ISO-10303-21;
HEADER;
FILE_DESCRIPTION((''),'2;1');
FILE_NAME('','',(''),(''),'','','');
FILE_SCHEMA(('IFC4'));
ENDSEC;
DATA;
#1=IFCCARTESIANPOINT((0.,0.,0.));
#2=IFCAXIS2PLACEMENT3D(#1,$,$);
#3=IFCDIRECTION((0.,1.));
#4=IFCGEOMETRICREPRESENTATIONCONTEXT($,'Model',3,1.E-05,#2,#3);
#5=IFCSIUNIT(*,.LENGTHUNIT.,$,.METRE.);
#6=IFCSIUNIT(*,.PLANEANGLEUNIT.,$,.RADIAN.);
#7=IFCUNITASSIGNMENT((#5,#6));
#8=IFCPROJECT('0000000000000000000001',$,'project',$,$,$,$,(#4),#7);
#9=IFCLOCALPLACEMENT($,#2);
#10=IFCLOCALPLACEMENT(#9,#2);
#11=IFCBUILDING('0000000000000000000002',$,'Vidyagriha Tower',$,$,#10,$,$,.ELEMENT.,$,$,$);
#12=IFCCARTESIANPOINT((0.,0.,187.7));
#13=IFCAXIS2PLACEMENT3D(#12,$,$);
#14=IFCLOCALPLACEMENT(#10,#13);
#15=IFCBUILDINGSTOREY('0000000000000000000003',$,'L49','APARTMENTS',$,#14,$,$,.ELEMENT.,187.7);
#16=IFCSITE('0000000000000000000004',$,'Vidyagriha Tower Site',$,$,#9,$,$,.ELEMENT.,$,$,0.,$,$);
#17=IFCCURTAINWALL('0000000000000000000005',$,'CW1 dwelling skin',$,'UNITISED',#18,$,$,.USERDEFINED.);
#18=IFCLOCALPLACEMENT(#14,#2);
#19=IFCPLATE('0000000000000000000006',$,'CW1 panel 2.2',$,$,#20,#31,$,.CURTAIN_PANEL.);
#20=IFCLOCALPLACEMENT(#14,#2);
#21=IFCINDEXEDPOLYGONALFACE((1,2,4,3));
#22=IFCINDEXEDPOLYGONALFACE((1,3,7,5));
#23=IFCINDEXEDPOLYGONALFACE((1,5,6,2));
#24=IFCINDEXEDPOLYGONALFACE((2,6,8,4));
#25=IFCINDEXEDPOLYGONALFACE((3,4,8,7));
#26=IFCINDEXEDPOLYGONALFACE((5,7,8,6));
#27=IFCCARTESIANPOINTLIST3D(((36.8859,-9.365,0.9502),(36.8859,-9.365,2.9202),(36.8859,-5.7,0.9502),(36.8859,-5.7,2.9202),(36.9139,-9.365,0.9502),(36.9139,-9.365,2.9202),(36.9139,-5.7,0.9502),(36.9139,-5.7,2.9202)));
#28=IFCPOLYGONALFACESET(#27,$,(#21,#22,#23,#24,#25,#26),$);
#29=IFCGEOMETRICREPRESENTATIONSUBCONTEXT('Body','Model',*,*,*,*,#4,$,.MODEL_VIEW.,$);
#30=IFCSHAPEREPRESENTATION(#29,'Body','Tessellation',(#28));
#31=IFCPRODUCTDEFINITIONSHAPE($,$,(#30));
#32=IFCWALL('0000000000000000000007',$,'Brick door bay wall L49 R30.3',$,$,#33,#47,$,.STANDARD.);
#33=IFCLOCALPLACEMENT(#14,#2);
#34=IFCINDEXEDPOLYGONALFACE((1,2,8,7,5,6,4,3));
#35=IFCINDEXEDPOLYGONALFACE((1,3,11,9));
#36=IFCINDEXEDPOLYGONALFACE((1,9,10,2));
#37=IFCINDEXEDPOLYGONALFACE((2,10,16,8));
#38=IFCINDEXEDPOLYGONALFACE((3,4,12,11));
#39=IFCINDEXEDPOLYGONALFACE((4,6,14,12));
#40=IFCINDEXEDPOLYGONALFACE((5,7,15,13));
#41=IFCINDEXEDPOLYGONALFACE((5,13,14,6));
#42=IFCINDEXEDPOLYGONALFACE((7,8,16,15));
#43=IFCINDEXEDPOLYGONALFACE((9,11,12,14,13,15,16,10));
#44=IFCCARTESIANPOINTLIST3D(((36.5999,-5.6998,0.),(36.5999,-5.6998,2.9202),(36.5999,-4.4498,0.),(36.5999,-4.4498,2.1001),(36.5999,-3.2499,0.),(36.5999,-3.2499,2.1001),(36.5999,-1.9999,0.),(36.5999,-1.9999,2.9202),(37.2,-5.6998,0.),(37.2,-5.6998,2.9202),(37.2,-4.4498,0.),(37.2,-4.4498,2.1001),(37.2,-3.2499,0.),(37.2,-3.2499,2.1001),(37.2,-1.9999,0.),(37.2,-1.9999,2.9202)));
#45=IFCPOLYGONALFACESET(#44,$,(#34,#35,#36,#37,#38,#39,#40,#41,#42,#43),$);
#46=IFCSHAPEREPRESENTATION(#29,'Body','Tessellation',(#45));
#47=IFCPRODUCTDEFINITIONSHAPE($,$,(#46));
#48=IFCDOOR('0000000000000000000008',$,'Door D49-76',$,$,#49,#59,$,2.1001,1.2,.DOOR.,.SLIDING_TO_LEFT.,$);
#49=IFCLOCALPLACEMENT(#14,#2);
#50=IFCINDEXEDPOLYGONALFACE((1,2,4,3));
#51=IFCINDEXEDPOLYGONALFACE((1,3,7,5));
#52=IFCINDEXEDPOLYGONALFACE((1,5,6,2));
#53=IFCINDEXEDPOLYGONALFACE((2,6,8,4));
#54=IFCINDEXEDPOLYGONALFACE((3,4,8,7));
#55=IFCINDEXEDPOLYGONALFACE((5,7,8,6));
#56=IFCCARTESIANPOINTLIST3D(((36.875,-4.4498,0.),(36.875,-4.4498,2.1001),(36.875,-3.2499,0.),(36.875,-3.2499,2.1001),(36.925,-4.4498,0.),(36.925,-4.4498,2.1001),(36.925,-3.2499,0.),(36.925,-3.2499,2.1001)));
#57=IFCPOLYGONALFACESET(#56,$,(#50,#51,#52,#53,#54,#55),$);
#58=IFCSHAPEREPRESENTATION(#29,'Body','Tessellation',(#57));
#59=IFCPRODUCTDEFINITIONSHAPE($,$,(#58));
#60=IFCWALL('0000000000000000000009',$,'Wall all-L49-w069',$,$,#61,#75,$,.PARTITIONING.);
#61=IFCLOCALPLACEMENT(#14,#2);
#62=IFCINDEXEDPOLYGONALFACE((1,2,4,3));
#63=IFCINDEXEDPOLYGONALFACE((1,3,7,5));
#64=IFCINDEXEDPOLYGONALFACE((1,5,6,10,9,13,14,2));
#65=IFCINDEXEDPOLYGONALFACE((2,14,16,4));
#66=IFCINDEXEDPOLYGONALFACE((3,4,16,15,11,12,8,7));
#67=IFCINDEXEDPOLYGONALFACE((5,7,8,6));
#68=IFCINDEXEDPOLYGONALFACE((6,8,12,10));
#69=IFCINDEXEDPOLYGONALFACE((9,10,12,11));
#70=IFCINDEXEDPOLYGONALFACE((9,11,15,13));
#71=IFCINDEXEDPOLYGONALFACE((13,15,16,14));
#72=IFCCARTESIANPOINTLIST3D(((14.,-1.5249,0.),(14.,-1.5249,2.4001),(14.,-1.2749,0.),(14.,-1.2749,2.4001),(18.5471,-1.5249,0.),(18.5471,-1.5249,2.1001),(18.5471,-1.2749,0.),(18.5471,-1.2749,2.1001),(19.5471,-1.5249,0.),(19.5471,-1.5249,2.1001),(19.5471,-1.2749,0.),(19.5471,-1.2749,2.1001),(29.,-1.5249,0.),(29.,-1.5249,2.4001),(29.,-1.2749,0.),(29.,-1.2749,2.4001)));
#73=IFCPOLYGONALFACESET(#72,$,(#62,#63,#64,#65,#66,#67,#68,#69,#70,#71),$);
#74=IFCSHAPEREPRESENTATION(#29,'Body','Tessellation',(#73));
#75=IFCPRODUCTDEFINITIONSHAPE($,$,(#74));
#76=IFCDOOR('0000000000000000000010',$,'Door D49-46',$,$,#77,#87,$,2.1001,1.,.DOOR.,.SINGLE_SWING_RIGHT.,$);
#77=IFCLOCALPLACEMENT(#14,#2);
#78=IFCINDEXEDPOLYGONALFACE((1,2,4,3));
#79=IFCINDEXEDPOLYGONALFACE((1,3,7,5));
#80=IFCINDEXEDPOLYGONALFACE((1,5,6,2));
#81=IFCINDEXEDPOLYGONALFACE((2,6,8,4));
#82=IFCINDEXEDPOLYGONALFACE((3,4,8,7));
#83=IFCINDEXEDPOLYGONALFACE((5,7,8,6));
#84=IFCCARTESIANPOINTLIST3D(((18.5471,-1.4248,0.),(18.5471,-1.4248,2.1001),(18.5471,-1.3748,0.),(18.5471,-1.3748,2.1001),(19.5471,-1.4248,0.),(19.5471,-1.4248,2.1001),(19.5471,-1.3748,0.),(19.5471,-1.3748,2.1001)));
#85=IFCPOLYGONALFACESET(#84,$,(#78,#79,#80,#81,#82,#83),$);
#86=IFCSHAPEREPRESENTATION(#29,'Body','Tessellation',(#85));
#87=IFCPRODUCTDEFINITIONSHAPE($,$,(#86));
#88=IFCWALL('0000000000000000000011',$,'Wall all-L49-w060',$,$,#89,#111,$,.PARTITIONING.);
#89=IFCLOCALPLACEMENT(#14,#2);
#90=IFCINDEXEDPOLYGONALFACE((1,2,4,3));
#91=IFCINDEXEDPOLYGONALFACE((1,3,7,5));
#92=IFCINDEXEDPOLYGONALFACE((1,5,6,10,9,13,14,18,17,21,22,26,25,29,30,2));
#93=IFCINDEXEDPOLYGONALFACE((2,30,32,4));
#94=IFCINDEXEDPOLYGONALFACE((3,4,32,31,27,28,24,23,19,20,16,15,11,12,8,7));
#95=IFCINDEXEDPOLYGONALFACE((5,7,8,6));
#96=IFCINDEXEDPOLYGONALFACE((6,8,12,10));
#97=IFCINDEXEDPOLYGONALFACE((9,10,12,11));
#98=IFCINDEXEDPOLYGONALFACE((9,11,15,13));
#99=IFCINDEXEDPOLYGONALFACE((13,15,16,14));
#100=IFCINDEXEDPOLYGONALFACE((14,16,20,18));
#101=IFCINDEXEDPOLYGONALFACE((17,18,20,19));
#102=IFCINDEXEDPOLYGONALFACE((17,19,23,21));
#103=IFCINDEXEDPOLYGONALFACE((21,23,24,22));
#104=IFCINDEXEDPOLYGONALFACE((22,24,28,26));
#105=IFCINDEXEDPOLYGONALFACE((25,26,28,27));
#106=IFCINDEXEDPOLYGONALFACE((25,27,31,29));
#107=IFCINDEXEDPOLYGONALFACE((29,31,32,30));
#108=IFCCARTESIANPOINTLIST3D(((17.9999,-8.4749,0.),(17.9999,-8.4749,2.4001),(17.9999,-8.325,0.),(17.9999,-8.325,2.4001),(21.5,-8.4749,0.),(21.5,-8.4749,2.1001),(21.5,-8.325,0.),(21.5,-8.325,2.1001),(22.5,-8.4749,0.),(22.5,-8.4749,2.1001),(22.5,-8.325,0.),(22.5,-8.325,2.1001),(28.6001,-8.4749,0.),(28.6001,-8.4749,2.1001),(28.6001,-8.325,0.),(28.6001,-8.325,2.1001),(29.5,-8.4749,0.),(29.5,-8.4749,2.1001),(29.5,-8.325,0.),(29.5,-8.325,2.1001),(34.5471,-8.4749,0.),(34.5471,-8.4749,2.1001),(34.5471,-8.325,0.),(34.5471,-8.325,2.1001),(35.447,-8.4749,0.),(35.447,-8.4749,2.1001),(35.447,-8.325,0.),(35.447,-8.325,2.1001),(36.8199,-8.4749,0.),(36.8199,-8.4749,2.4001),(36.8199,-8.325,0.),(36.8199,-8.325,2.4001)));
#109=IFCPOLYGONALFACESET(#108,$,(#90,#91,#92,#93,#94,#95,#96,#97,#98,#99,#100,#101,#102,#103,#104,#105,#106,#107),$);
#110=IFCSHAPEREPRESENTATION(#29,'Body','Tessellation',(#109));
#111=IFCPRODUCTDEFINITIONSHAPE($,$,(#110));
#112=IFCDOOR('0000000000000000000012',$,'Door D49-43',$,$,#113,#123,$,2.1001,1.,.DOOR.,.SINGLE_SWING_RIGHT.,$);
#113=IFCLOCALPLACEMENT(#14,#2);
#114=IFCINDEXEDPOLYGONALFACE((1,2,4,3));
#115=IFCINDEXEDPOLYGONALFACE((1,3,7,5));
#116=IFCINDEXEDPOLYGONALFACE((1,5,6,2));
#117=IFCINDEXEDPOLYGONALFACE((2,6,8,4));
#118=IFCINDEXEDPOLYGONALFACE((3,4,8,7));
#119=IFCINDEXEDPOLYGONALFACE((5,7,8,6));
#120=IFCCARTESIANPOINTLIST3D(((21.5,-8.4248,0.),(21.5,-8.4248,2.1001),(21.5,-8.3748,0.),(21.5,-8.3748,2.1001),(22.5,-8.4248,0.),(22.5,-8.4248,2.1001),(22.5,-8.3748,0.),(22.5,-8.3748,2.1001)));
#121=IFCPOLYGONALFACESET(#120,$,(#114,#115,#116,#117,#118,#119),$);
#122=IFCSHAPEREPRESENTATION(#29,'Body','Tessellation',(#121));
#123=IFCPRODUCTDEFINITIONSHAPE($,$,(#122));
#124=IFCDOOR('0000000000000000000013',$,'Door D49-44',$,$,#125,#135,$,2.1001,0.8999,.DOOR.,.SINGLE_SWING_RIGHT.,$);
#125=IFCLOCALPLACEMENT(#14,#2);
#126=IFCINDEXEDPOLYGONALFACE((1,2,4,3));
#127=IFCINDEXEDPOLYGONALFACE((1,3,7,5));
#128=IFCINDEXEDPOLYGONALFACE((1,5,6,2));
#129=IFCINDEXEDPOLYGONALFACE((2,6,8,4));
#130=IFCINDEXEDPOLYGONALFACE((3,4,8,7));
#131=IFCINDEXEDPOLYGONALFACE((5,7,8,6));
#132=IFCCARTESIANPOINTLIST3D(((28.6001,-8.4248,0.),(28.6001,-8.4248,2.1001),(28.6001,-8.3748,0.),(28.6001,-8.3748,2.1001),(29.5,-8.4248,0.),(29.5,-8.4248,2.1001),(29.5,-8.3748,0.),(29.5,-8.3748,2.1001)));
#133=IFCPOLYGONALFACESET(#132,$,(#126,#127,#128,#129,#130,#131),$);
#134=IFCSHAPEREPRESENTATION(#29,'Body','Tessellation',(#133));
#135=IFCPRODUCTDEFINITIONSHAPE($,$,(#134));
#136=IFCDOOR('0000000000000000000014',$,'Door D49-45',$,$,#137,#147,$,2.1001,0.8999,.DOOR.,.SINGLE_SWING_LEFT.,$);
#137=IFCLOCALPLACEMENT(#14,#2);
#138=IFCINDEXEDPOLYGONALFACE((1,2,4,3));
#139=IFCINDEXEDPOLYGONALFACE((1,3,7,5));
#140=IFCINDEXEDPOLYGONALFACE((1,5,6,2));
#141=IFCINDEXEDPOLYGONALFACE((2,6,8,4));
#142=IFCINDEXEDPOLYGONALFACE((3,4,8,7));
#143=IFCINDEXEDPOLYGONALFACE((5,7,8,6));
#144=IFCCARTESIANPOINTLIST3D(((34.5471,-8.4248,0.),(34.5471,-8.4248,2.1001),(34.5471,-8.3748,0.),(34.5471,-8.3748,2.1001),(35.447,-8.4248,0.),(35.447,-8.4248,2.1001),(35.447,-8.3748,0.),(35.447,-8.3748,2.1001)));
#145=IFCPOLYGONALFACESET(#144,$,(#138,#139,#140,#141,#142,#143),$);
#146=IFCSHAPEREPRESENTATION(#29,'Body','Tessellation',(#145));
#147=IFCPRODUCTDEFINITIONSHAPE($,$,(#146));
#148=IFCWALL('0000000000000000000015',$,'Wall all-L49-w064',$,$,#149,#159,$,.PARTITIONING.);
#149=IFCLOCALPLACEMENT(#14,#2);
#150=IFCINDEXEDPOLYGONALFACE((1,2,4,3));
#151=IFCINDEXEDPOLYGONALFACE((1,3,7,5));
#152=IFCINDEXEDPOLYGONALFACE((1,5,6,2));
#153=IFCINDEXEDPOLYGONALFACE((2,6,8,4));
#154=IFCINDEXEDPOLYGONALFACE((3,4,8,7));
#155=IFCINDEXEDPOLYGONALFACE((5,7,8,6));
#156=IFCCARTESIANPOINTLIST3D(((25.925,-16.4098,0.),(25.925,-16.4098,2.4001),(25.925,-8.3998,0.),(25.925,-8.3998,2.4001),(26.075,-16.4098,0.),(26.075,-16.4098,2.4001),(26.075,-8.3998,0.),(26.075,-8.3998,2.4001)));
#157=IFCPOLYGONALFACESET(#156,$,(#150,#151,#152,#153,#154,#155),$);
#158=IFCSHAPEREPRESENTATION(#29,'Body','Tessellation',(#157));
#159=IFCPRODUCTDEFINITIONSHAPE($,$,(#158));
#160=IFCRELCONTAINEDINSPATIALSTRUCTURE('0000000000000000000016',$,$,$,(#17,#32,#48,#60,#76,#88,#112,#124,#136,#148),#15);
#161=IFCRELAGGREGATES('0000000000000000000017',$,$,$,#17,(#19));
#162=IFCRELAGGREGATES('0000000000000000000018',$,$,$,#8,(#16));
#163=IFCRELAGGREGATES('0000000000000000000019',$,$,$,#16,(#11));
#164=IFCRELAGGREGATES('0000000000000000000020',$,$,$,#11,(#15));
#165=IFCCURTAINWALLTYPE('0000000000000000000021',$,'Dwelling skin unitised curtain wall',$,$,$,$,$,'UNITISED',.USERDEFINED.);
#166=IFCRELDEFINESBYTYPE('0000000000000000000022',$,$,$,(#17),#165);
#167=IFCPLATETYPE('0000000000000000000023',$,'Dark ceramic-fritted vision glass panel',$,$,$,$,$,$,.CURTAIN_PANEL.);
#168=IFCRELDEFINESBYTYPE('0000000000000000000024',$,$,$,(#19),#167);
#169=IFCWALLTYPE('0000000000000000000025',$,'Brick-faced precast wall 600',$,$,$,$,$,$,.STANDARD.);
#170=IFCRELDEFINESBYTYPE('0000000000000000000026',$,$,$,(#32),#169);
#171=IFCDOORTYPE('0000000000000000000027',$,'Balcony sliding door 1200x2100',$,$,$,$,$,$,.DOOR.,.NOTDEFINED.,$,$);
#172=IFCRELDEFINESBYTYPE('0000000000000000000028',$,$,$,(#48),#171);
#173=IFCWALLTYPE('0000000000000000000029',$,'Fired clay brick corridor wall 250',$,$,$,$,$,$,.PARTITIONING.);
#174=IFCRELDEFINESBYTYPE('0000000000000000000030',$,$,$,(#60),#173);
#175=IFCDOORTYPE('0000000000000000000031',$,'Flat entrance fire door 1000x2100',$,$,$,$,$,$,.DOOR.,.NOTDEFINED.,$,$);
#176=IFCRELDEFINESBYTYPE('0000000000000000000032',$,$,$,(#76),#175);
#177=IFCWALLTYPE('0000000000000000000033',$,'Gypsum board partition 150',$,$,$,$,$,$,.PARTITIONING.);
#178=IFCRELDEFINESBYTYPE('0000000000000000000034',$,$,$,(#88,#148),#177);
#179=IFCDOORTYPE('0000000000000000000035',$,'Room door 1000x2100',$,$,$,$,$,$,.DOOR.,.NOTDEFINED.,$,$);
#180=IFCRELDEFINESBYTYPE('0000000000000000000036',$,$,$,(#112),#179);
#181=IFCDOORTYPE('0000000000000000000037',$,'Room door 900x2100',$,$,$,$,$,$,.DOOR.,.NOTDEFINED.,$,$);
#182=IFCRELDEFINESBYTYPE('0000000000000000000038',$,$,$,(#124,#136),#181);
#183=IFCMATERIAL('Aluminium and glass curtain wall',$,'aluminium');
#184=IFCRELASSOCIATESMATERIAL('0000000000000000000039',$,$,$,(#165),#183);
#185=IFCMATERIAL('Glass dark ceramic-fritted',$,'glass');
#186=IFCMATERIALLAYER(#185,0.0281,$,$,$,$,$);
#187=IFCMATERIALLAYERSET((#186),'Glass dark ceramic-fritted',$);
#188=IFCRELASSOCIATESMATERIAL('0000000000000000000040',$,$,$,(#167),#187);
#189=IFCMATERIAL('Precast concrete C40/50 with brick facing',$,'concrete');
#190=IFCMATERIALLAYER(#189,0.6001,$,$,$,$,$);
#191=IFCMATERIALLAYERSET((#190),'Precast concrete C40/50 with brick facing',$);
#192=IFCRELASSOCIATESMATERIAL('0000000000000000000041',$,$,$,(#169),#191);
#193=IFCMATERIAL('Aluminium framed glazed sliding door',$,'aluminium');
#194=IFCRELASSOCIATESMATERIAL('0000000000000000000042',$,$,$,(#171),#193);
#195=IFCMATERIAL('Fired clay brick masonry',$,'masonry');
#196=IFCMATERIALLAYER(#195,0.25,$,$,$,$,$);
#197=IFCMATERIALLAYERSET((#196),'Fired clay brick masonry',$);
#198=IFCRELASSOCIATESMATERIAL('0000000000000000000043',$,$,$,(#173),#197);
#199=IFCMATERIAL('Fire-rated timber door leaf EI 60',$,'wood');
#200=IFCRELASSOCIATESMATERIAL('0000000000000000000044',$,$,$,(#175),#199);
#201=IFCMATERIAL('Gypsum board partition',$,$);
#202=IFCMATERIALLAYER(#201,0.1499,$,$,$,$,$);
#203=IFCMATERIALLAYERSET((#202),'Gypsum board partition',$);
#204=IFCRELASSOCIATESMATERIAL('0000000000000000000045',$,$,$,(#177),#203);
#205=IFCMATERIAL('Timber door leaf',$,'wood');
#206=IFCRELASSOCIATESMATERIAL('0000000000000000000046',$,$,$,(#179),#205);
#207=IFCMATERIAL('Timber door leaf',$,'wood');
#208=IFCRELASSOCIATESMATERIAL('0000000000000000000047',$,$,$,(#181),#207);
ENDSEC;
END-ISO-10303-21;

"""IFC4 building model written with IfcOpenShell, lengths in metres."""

from ifc_helpers import new_model, si_unit, direction, frame, frame_2d, origin, origin_2d, place, context, subcontext, project, spatial, rectangle, extrude, material, layer, layer_set, type_object, element, fill, aggregate, save


model = new_model("IFC4")

# Units and contexts
model_context = context("Model", 3, precision=1e-05, world=origin(), true_north=direction((0.0, 1.0)))
body_context = subcontext(model_context, "Body", "Model", "MODEL_VIEW")
ifc_project = project(units=[si_unit("LENGTHUNIT", "METRE"), si_unit("PLANEANGLEUNIT", "RADIAN")], contexts=[model_context])

# Site, building, storey
site_placement = place(None, origin())
site = spatial("IfcSite", under=ifc_project, at=site_placement, Name="Vidyagriha Tower Site", CompositionType="ELEMENT", RefElevation=0.0)
building_placement = place(site_placement, origin())
building = spatial("IfcBuilding", under=site, at=building_placement, Name="Vidyagriha Tower", CompositionType="ELEMENT")
storey_placement = place(building_placement, frame((0.0, 0.0, 187.7)))
storey = spatial("IfcBuildingStorey", under=building, at=storey_placement, Name="L49", Description="APARTMENTS", CompositionType="ELEMENT", Elevation=187.7)

# Curtain wall
ifc_material_1 = material(Name="Aluminium and glass curtain wall", Category="aluminium")
curtain_wall_type = type_object("IfcCurtainWallType", Name="Dwelling skin unitised curtain wall", ElementType="UNITISED", PredefinedType="USERDEFINED", material=ifc_material_1)
curtain_wall_1_placement = place(storey_placement, origin())
curtain_wall_1 = element("IfcCurtainWall", 1, at=curtain_wall_1_placement, inside=storey, type_object=curtain_wall_type, Name="CW1 dwelling skin", ObjectType="UNITISED", PredefinedType="USERDEFINED")

# Plate
ifc_material_2 = material(Name="Glass dark ceramic-fritted", Category="glass")
ifc_layer_1 = layer(ifc_material_2, 0.0281)
ifc_layer_set_1 = layer_set([ifc_layer_1], Name="Glass dark ceramic-fritted")
plate_type_1 = type_object("IfcPlateType", Name="Dark ceramic-fritted vision glass panel", PredefinedType="CURTAIN_PANEL", material=ifc_layer_set_1)
plate_1_placement = place(storey_placement, frame((36.8999, -7.5325, 0.9502), z_axis=(0.0, 0.0, 1.0), x_axis=(0.0, 1.0, 0.0)))
plate_1 = element("IfcPlate", 2, at=plate_1_placement, type_object=plate_type_1, Name="CW1 panel 2.2", PredefinedType="CURTAIN_PANEL", context=body_context, shape_type="SweptSolid", body=[
    extrude(rectangle(XDim=3.665, YDim=0.0281, at=origin_2d()), origin(), (0.0, 0.0, 1.0), 1.97),
])
aggregate(curtain_wall_1, [plate_1])

# Walls, openings, doors
ifc_material_3 = material(Name="Precast concrete C40/50 with brick facing", Category="concrete")
ifc_layer_2 = layer(ifc_material_3, 0.6001)
ifc_layer_set_2 = layer_set([ifc_layer_2], Name="Precast concrete C40/50 with brick facing")
wall_type_1 = type_object("IfcWallType", Name="Brick-faced precast wall 600", PredefinedType="STANDARD", material=ifc_layer_set_2)
wall_1_placement = place(storey_placement, frame((36.8999, -5.7, 0.0), z_axis=(0.0, 0.0, 1.0), x_axis=(0.0, 1.0, 0.0)))
wall_1 = element("IfcWall", 3, at=wall_1_placement, inside=storey, type_object=wall_type_1, Name="Brick door bay wall L49 R30.3", PredefinedType="STANDARD", context=body_context, shape_type="SweptSolid", body=[
    extrude(rectangle(XDim=3.7, YDim=0.6001, at=frame_2d((1.8501, 0.0))), origin(), (0.0, 0.0, 1.0), 2.9202),
])
opening_1_placement = place(wall_1_placement, frame((1.25, 0.0, 0.0)))
opening_1 = element("IfcOpeningElement", 4, at=opening_1_placement, cuts=wall_1, PredefinedType="OPENING", context=body_context, shape_type="SweptSolid", body=[
    extrude(rectangle(XDim=1.2, YDim=2.1001, at=frame_2d((0.6001, 1.05))), frame((0.0, 0.3101, 0.0), z_axis=(0.0, -1.0, 0.0), x_axis=(1.0, 0.0, 0.0)), (0.0, 0.0, 1.0), 0.6201),
])
ifc_material_4 = material(Name="Aluminium framed glazed sliding door", Category="aluminium")
door_type_1 = type_object("IfcDoorType", Name="Balcony sliding door 1200x2100", OperationType="NOTDEFINED", PredefinedType="DOOR", material=ifc_material_4)
door_1_placement = place(opening_1_placement, origin())
door_1 = element("IfcDoor", 5, at=door_1_placement, inside=storey, type_object=door_type_1, Name="Door D49-76", OperationType="SLIDING_TO_LEFT", OverallHeight=2.1001, OverallWidth=1.2, PredefinedType="DOOR", context=body_context, shape_type="SweptSolid", body=[
    extrude(rectangle(XDim=1.2, YDim=2.1001, at=frame_2d((0.6001, 1.05))), frame((0.0, 0.0249, 0.0), z_axis=(0.0, -1.0, 0.0), x_axis=(1.0, 0.0, 0.0)), (0.0, 0.0, 1.0), 0.05),
])
fill(opening_1, door_1)
ifc_material_5 = material(Name="Fired clay brick masonry", Category="masonry")
ifc_layer_3 = layer(ifc_material_5, 0.25)
ifc_layer_set_3 = layer_set([ifc_layer_3], Name="Fired clay brick masonry")
wall_type_2 = type_object("IfcWallType", Name="Fired clay brick corridor wall 250", PredefinedType="PARTITIONING", material=ifc_layer_set_3)
wall_2_placement = place(storey_placement, frame((29.0, -1.3999, 0.0), z_axis=(0.0, 0.0, 1.0), x_axis=(-1.0, 0.0, 0.0)))
wall_2 = element("IfcWall", 6, at=wall_2_placement, inside=storey, type_object=wall_type_2, Name="Wall all-L49-w069", PredefinedType="PARTITIONING", context=body_context, shape_type="SweptSolid", body=[
    extrude(rectangle(XDim=15.0, YDim=0.25, at=frame_2d((7.5, 0.0))), origin(), (0.0, 0.0, 1.0), 2.4001),
])
opening_2_placement = place(wall_2_placement, frame((9.4529, 0.0, 0.0)))
opening_2 = element("IfcOpeningElement", 7, at=opening_2_placement, cuts=wall_2, PredefinedType="OPENING", context=body_context, shape_type="SweptSolid", body=[
    extrude(rectangle(XDim=1.0, YDim=2.1001, at=frame_2d((0.5, 1.05))), frame((0.0, 0.135, 0.0), z_axis=(0.0, -1.0, 0.0), x_axis=(1.0, 0.0, 0.0)), (0.0, 0.0, 1.0), 0.27),
])
ifc_material_6 = material(Name="Fire-rated timber door leaf EI 60", Category="wood")
door_type_2 = type_object("IfcDoorType", Name="Flat entrance fire door 1000x2100", OperationType="NOTDEFINED", PredefinedType="DOOR", material=ifc_material_6)
door_2_placement = place(opening_2_placement, origin())
door_2 = element("IfcDoor", 8, at=door_2_placement, inside=storey, type_object=door_type_2, Name="Door D49-46", OperationType="SINGLE_SWING_RIGHT", OverallHeight=2.1001, OverallWidth=1.0, PredefinedType="DOOR", context=body_context, shape_type="SweptSolid", body=[
    extrude(rectangle(XDim=1.0, YDim=2.1001, at=frame_2d((0.5, 1.05))), frame((0.0, 0.0249, 0.0), z_axis=(0.0, -1.0, 0.0), x_axis=(1.0, 0.0, 0.0)), (0.0, 0.0, 1.0), 0.05),
])
fill(opening_2, door_2)

# Wall, openings, doors
ifc_material_7 = material(Name="Gypsum board partition")
ifc_layer_4 = layer(ifc_material_7, 0.1499)
ifc_layer_set_4 = layer_set([ifc_layer_4], Name="Gypsum board partition")
wall_type_3 = type_object("IfcWallType", Name="Gypsum board partition 150", PredefinedType="PARTITIONING", material=ifc_layer_set_4)
wall_3_placement = place(storey_placement, frame((36.8201, -8.3999, 0.0), z_axis=(0.0, 0.0, 1.0), x_axis=(-1.0, 0.0, 0.0)))
wall_3 = element("IfcWall", 9, at=wall_3_placement, inside=storey, type_object=wall_type_3, Name="Wall all-L49-w060", PredefinedType="PARTITIONING", context=body_context, shape_type="SweptSolid", body=[
    extrude(rectangle(XDim=18.8201, YDim=0.1499, at=frame_2d((9.4102, 0.0))), origin(), (0.0, 0.0, 1.0), 2.4001),
])
opening_3_placement = place(wall_3_placement, frame((14.3201, 0.0, 0.0)))
opening_3 = element("IfcOpeningElement", 10, at=opening_3_placement, cuts=wall_3, PredefinedType="OPENING", context=body_context, shape_type="SweptSolid", body=[
    extrude(rectangle(XDim=1.0, YDim=2.1001, at=frame_2d((0.5, 1.05))), frame((0.0, 0.085, 0.0), z_axis=(0.0, -1.0, 0.0), x_axis=(1.0, 0.0, 0.0)), (0.0, 0.0, 1.0), 0.1699),
])
opening_4_placement = place(wall_3_placement, frame((7.3201, 0.0, 0.0)))
opening_4 = element("IfcOpeningElement", 11, at=opening_4_placement, cuts=wall_3, PredefinedType="OPENING", context=body_context, shape_type="SweptSolid", body=[
    extrude(rectangle(XDim=0.8999, YDim=2.1001, at=frame_2d((0.45, 1.05))), frame((0.0, 0.085, 0.0), z_axis=(0.0, -1.0, 0.0), x_axis=(1.0, 0.0, 0.0)), (0.0, 0.0, 1.0), 0.1699),
])
opening_5_placement = place(wall_3_placement, frame((1.373, 0.0, 0.0)))
opening_5 = element("IfcOpeningElement", 12, at=opening_5_placement, cuts=wall_3, PredefinedType="OPENING", context=body_context, shape_type="SweptSolid", body=[
    extrude(rectangle(XDim=0.8999, YDim=2.1001, at=frame_2d((0.45, 1.05))), frame((0.0, 0.085, 0.0), z_axis=(0.0, -1.0, 0.0), x_axis=(1.0, 0.0, 0.0)), (0.0, 0.0, 1.0), 0.1699),
])
ifc_material_8 = material(Name="Timber door leaf", Category="wood")
door_type_3 = type_object("IfcDoorType", Name="Room door 1000x2100", OperationType="NOTDEFINED", PredefinedType="DOOR", material=ifc_material_8)
door_3_placement = place(opening_3_placement, origin())
door_3 = element("IfcDoor", 13, at=door_3_placement, inside=storey, type_object=door_type_3, Name="Door D49-43", OperationType="SINGLE_SWING_RIGHT", OverallHeight=2.1001, OverallWidth=1.0, PredefinedType="DOOR", context=body_context, shape_type="SweptSolid", body=[
    extrude(rectangle(XDim=1.0, YDim=2.1001, at=frame_2d((0.5, 1.05))), frame((0.0, 0.0249, 0.0), z_axis=(0.0, -1.0, 0.0), x_axis=(1.0, 0.0, 0.0)), (0.0, 0.0, 1.0), 0.05),
])
fill(opening_3, door_3)
ifc_material_9 = material(Name="Timber door leaf", Category="wood")
door_type_4 = type_object("IfcDoorType", Name="Room door 900x2100", OperationType="NOTDEFINED", PredefinedType="DOOR", material=ifc_material_9)
door_4_placement = place(opening_4_placement, origin())
door_4 = element("IfcDoor", 14, at=door_4_placement, inside=storey, type_object=door_type_4, Name="Door D49-44", OperationType="SINGLE_SWING_RIGHT", OverallHeight=2.1001, OverallWidth=0.8999, PredefinedType="DOOR", context=body_context, shape_type="SweptSolid", body=[
    extrude(rectangle(XDim=0.8999, YDim=2.1001, at=frame_2d((0.45, 1.05))), frame((0.0, 0.0249, 0.0), z_axis=(0.0, -1.0, 0.0), x_axis=(1.0, 0.0, 0.0)), (0.0, 0.0, 1.0), 0.05),
])
fill(opening_4, door_4)
door_5_placement = place(opening_5_placement, origin())
door_5 = element("IfcDoor", 15, at=door_5_placement, inside=storey, type_object=door_type_4, Name="Door D49-45", OperationType="SINGLE_SWING_LEFT", OverallHeight=2.1001, OverallWidth=0.8999, PredefinedType="DOOR", context=body_context, shape_type="SweptSolid", body=[
    extrude(rectangle(XDim=0.8999, YDim=2.1001, at=frame_2d((0.45, 1.05))), frame((0.0, 0.0249, 0.0), z_axis=(0.0, -1.0, 0.0), x_axis=(1.0, 0.0, 0.0)), (0.0, 0.0, 1.0), 0.05),
])
fill(opening_5, door_5)

# Wall
wall_4_placement = place(storey_placement, frame((26.0, -8.3999, 0.0), z_axis=(0.0, 0.0, 1.0), x_axis=(0.0, -1.0, 0.0)))
element("IfcWall", 16, at=wall_4_placement, inside=storey, type_object=wall_type_3, Name="Wall all-L49-w064", PredefinedType="PARTITIONING", context=body_context, shape_type="SweptSolid", body=[
    extrude(rectangle(XDim=8.01, YDim=0.1499, at=frame_2d((4.0049, 0.0))), origin(), (0.0, 0.0, 1.0), 2.4001),
])

save(model, "model.ifc")
